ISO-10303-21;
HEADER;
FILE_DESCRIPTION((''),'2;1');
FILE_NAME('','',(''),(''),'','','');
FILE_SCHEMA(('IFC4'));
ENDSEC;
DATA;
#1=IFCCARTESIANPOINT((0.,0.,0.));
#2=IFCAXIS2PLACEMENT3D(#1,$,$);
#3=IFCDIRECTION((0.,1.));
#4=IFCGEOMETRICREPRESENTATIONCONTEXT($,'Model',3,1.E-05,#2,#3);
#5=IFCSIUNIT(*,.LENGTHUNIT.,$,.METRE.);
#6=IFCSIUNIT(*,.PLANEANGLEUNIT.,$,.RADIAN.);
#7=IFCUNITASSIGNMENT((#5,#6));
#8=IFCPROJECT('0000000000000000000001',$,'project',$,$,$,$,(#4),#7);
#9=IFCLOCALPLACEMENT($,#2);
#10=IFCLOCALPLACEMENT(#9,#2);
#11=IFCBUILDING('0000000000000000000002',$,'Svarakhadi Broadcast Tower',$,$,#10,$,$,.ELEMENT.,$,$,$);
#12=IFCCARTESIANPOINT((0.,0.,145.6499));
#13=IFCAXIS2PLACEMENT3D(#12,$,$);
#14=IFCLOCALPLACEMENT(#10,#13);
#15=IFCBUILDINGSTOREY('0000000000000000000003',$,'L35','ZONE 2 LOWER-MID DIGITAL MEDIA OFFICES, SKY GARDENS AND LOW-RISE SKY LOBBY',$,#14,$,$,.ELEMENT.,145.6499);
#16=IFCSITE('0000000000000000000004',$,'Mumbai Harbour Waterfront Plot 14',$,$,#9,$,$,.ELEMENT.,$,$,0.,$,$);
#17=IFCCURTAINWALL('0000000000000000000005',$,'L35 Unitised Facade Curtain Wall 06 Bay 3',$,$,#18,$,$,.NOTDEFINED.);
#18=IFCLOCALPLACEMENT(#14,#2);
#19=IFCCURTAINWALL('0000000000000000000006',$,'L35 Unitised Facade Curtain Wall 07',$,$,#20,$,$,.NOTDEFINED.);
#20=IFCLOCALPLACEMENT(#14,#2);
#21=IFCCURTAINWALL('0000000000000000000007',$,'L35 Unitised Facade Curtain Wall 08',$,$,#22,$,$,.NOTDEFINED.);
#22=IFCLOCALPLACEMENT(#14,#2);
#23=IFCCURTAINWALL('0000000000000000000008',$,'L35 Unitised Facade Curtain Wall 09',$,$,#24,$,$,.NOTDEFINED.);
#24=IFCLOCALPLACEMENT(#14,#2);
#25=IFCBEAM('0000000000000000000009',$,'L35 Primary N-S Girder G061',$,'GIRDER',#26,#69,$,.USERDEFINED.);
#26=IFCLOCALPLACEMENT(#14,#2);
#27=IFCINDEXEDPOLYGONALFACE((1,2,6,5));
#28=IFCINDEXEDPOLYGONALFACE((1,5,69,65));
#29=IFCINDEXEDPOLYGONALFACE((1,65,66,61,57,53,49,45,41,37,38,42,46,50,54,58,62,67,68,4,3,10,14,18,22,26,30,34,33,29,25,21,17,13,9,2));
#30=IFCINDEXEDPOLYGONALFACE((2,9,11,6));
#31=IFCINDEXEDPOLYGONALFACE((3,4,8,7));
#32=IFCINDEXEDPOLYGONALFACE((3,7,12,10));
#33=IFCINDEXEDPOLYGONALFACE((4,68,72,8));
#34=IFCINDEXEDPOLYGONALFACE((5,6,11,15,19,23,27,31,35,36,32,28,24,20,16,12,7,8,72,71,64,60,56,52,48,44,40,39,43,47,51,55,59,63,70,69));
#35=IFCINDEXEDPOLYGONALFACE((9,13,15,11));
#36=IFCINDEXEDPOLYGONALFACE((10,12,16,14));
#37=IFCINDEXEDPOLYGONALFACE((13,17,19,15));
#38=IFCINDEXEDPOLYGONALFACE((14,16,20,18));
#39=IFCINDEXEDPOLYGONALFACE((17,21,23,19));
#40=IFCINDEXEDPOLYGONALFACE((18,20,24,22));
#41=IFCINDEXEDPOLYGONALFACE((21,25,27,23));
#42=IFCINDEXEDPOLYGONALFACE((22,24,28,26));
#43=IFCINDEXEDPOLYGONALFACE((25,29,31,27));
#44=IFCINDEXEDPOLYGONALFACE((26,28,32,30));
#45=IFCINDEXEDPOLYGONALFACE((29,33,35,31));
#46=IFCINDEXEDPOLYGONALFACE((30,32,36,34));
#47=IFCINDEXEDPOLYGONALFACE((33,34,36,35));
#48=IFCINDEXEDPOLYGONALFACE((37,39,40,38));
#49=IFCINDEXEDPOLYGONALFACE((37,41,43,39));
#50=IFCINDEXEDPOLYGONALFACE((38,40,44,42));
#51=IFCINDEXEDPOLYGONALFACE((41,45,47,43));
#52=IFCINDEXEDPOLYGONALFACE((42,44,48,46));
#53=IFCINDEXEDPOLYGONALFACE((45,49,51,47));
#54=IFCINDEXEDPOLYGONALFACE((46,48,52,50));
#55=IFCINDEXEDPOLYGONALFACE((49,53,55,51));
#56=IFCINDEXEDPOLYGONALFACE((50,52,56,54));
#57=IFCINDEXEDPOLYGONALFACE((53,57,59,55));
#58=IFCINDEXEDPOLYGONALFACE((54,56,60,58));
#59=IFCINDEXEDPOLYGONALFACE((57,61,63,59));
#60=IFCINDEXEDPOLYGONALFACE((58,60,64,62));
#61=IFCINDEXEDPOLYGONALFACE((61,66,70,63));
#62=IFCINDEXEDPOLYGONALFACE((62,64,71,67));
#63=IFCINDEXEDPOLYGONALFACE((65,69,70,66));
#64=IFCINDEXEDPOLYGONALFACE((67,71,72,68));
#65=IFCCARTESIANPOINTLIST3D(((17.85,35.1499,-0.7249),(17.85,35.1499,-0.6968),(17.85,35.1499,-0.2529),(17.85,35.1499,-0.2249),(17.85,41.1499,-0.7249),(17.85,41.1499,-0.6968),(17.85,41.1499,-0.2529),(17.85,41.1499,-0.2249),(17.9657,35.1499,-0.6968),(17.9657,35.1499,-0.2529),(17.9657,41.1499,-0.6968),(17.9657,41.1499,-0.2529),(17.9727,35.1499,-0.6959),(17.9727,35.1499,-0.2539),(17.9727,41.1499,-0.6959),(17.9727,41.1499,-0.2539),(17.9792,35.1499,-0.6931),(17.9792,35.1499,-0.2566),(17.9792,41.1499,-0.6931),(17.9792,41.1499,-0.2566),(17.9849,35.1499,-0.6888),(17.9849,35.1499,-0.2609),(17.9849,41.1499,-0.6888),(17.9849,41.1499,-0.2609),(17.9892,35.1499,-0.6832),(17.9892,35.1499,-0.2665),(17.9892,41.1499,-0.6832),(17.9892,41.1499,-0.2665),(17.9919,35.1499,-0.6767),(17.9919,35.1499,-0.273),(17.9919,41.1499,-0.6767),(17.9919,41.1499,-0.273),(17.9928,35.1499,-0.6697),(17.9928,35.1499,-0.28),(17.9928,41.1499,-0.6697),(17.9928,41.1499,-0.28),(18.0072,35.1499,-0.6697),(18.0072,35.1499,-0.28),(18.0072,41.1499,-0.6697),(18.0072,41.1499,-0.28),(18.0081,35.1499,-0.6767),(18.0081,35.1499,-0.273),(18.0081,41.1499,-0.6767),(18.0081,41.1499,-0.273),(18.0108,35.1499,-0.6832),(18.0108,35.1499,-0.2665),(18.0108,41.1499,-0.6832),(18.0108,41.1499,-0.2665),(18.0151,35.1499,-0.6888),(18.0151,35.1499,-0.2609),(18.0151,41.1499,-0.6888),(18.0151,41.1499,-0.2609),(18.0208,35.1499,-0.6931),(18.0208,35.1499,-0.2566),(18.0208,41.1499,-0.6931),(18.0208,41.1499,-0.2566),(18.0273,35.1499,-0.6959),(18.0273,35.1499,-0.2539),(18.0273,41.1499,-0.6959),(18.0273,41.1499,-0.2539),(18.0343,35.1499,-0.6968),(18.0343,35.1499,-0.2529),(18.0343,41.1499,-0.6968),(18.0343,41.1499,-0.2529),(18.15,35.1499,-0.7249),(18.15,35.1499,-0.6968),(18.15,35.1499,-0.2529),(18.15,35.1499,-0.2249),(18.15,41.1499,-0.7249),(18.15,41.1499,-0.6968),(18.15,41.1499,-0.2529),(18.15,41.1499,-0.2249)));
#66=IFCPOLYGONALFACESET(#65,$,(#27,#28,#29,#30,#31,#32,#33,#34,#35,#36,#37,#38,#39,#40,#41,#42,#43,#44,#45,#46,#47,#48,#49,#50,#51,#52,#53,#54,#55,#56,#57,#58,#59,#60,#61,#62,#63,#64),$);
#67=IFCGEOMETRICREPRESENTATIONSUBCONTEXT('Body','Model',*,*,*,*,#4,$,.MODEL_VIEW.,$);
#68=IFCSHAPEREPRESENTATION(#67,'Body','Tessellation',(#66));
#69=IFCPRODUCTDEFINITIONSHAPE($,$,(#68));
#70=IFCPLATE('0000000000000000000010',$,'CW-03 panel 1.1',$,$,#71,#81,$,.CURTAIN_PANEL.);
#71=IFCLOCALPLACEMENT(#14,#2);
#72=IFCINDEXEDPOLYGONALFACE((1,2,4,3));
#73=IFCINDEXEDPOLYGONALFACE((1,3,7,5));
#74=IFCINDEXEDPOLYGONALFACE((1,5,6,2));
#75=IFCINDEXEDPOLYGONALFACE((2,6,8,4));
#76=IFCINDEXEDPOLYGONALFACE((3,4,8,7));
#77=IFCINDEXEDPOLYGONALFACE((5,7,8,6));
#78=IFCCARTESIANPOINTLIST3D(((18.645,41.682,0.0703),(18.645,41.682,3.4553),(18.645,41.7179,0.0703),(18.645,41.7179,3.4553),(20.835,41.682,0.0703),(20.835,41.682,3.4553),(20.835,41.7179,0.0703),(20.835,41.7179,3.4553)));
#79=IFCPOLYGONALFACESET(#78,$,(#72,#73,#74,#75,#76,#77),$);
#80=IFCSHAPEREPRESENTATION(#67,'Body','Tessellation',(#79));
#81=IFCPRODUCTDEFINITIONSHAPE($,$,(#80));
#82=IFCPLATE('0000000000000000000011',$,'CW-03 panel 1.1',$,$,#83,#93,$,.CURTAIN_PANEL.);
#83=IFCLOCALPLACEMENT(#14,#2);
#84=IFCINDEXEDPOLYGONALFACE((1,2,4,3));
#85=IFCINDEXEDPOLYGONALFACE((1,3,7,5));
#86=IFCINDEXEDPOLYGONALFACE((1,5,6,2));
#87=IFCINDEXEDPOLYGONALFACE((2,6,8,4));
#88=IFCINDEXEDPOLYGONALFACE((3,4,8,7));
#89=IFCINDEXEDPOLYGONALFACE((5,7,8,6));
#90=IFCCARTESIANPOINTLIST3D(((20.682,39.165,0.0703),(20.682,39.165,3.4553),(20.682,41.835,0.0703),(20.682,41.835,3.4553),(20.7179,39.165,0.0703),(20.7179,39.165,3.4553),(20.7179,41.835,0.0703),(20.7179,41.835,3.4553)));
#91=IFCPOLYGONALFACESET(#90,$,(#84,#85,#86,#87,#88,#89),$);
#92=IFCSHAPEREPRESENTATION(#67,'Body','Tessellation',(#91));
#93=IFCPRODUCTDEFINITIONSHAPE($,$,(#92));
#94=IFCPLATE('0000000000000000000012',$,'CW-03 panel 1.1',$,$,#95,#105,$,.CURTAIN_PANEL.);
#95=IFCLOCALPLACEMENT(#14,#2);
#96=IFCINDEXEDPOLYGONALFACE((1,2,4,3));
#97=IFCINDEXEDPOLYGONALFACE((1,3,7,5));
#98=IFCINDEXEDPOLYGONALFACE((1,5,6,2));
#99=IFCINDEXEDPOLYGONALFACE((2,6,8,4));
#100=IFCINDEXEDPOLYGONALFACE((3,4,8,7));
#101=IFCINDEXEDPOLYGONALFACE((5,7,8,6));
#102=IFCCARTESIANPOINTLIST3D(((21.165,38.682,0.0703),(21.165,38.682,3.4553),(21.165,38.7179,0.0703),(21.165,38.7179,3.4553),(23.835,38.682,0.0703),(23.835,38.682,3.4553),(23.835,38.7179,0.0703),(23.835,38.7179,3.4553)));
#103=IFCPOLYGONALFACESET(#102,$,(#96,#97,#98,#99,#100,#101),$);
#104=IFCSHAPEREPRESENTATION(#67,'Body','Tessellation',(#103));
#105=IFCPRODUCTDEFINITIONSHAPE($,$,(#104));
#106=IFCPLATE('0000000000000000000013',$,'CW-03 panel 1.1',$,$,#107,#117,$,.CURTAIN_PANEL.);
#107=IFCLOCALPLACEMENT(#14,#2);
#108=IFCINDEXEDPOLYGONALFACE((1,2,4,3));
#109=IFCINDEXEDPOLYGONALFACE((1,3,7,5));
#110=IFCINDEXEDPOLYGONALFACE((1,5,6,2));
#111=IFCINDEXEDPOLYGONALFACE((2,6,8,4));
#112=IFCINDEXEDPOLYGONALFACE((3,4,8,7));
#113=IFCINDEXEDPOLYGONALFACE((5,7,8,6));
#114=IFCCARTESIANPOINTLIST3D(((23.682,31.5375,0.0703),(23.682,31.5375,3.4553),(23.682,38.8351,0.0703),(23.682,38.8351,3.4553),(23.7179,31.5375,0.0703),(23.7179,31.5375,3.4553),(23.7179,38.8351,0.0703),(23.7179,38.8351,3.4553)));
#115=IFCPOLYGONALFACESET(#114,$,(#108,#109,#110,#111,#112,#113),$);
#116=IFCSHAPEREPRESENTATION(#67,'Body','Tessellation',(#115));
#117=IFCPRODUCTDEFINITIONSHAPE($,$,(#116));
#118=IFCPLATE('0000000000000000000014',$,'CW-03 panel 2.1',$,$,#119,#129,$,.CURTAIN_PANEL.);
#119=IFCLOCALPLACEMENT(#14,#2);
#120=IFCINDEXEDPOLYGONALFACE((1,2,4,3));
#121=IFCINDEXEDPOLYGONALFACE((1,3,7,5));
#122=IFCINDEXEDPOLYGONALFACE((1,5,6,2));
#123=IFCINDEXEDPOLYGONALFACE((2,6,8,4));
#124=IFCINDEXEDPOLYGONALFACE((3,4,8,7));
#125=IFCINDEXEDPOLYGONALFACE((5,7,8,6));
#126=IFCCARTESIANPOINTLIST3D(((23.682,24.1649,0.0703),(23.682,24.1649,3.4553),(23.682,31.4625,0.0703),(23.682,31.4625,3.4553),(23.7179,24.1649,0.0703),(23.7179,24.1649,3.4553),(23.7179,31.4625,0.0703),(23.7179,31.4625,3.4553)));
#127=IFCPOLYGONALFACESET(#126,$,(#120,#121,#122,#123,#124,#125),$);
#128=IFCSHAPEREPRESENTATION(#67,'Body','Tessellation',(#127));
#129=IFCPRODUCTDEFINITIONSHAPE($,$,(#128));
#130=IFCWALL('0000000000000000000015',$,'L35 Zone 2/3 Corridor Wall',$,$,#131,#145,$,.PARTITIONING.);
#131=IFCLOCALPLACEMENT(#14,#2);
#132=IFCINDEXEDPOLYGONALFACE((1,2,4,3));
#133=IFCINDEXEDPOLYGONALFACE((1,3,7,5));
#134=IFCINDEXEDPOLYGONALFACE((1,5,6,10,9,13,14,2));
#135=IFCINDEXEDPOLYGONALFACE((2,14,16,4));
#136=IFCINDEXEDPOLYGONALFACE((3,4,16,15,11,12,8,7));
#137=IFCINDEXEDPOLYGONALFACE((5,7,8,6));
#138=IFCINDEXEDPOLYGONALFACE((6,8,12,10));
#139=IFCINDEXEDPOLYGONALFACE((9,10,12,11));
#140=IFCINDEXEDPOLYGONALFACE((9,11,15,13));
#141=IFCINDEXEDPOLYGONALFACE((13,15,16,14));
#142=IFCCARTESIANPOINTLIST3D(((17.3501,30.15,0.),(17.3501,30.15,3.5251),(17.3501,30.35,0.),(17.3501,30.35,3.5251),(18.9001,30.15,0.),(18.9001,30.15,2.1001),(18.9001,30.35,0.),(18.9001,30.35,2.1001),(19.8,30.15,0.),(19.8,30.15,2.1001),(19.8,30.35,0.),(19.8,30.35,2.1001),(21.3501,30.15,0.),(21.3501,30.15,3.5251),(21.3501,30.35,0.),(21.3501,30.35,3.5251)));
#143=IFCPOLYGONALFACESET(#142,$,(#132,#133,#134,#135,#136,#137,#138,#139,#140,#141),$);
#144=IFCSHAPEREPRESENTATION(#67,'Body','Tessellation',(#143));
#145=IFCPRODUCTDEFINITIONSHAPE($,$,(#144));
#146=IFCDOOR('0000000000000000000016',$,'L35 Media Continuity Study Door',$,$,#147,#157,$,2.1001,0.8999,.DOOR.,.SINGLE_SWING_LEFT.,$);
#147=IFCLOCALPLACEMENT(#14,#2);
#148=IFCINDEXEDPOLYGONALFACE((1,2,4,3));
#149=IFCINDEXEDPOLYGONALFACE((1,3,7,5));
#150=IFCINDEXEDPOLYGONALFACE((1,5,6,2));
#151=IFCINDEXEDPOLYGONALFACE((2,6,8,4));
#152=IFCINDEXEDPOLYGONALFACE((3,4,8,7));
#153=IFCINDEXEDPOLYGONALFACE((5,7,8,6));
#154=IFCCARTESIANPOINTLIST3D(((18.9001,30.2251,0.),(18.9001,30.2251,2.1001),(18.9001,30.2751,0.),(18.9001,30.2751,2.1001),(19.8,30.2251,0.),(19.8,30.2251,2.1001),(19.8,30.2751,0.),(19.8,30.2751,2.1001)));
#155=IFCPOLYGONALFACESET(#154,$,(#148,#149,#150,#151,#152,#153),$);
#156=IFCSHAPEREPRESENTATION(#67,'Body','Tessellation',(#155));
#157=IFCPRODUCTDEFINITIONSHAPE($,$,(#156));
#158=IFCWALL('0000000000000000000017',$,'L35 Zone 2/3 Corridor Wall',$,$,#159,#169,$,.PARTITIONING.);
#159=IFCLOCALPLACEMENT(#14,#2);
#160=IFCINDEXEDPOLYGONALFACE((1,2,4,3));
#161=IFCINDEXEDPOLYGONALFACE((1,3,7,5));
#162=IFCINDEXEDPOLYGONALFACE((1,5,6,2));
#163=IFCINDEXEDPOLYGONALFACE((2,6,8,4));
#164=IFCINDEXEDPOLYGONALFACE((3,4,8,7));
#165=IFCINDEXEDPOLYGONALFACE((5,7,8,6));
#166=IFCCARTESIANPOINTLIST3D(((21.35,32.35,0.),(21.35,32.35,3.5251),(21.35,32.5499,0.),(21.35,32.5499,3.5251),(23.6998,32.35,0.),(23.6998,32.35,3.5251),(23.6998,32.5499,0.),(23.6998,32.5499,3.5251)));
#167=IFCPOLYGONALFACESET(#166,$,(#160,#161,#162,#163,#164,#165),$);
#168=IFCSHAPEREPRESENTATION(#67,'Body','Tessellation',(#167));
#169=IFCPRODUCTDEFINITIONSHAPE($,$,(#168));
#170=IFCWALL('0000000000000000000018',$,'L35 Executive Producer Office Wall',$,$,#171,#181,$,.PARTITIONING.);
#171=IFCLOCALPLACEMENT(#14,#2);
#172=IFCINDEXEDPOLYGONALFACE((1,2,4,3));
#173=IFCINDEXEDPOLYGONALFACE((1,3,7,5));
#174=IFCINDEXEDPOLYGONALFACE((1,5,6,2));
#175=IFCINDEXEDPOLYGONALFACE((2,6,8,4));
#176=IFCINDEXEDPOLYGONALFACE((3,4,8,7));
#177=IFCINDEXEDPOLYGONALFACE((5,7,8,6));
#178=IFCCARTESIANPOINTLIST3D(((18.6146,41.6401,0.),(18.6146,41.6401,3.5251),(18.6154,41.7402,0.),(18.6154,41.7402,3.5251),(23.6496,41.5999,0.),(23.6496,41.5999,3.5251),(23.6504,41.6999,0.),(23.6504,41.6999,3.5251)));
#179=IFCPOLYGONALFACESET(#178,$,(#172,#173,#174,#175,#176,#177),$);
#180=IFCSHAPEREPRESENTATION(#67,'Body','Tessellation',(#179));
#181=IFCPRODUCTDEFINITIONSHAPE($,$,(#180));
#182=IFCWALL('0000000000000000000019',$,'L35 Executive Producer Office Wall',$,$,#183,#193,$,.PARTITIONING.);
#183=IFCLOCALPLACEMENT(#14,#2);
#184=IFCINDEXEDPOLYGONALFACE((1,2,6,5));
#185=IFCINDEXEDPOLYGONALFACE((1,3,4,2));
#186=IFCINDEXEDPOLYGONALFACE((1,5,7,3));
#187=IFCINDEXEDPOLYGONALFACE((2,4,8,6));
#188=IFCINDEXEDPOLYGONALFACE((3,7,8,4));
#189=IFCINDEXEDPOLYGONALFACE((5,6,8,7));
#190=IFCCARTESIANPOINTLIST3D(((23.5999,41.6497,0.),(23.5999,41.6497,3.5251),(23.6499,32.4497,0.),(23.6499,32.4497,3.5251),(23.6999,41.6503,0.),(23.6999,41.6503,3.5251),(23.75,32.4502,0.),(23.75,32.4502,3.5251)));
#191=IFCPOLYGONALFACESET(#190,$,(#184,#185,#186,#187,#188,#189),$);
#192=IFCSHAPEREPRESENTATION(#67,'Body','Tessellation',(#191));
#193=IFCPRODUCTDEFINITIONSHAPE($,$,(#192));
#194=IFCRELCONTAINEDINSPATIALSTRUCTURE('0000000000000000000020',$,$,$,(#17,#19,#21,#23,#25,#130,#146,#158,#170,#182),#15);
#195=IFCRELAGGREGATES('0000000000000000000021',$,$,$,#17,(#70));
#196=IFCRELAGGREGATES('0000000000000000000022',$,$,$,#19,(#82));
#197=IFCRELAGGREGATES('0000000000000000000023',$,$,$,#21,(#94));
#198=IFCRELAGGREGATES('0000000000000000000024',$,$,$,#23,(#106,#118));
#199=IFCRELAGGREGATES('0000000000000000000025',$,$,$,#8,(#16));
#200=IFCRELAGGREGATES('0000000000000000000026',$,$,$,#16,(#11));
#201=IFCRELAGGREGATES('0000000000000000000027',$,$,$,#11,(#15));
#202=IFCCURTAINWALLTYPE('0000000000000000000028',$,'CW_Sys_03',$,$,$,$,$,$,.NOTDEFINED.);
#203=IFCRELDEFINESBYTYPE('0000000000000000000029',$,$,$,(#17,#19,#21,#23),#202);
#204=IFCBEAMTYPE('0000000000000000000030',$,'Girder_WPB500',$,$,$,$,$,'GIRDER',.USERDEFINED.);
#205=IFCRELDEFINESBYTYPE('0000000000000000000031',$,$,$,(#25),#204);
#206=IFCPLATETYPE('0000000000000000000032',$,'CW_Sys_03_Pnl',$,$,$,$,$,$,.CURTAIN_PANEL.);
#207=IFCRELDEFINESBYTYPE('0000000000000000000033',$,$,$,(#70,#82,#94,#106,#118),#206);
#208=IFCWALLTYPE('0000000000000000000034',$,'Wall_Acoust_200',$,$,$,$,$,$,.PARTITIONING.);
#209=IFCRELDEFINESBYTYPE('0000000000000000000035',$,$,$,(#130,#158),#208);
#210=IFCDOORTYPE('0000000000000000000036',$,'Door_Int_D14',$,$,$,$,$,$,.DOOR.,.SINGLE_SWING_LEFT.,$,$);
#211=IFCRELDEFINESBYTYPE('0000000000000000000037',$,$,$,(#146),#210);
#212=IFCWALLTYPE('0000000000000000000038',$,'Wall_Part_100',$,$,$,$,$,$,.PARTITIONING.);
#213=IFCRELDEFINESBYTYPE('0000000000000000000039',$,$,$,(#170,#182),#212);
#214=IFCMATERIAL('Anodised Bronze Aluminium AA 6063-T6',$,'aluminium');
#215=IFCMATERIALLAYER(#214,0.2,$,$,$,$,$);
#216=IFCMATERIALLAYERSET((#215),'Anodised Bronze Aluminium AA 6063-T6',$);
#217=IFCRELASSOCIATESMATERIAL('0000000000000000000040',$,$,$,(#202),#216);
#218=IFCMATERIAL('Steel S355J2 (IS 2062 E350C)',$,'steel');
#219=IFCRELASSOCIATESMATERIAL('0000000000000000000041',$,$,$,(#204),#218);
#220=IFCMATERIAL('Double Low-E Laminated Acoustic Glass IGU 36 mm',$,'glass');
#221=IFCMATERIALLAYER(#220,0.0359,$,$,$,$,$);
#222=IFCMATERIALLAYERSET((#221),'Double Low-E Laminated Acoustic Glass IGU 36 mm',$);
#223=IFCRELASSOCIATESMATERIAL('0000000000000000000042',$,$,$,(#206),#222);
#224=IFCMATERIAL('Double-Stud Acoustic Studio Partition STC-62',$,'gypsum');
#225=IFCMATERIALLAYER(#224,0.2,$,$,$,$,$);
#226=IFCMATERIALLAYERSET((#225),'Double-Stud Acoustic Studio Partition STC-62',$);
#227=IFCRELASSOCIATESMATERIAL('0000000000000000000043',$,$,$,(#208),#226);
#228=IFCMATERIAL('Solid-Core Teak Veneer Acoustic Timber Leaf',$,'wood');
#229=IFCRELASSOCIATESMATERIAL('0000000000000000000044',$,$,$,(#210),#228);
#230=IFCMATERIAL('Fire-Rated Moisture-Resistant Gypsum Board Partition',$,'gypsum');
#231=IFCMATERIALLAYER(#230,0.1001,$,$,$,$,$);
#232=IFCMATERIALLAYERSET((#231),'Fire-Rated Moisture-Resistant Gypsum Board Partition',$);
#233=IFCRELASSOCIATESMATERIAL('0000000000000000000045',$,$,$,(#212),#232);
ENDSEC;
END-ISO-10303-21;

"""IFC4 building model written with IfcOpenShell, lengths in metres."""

from ifc_helpers import new_model, si_unit, direction, frame, frame_2d, origin, origin_2d, place, context, subcontext, project, spatial, rectangle, i_section, extrude, material, layer, layer_set, material_profile, profile_set, type_object, element, fill, aggregate, save


model = new_model("IFC4")

# Units and contexts
model_context = context("Model", 3, precision=1e-05, world=origin(), true_north=direction((0.0, 1.0)))
body_context = subcontext(model_context, "Body", "Model", "MODEL_VIEW")
ifc_project = project(units=[si_unit("LENGTHUNIT", "METRE"), si_unit("PLANEANGLEUNIT", "RADIAN")], contexts=[model_context])

# Site, building, storey
site_placement = place(None, origin())
site = spatial("IfcSite", under=ifc_project, at=site_placement, Name="Mumbai Harbour Waterfront Plot 14", CompositionType="ELEMENT", RefElevation=0.0)
building_placement = place(site_placement, origin())
building = spatial("IfcBuilding", under=site, at=building_placement, Name="Svarakhadi Broadcast Tower", CompositionType="ELEMENT")
storey_placement = place(building_placement, frame((0.0, 0.0, 145.6499)))
storey = spatial("IfcBuildingStorey", under=building, at=storey_placement, Name="L35", Description="ZONE 2 LOWER-MID DIGITAL MEDIA OFFICES, SKY GARDENS AND LOW-RISE SKY LOBBY", CompositionType="ELEMENT", Elevation=145.6499)

# Curtain walls
ifc_material_1 = material(Name="Anodised Bronze Aluminium AA 6063-T6", Category="aluminium")
ifc_layer_1 = layer(ifc_material_1, 0.2)
ifc_layer_set_1 = layer_set([ifc_layer_1], Name="Anodised Bronze Aluminium AA 6063-T6")
curtain_wall_type = type_object("IfcCurtainWallType", Name="CW_Sys_03", PredefinedType="NOTDEFINED", material=ifc_layer_set_1)
curtain_wall_1_placement = place(storey_placement, origin())
curtain_wall_1 = element("IfcCurtainWall", 1, at=curtain_wall_1_placement, inside=storey, type_object=curtain_wall_type, Name="L35 Unitised Facade Curtain Wall 06 Bay 3", PredefinedType="NOTDEFINED")
curtain_wall_2_placement = place(storey_placement, origin())
curtain_wall_2 = element("IfcCurtainWall", 2, at=curtain_wall_2_placement, inside=storey, type_object=curtain_wall_type, Name="L35 Unitised Facade Curtain Wall 07", PredefinedType="NOTDEFINED")
curtain_wall_3_placement = place(storey_placement, origin())
curtain_wall_3 = element("IfcCurtainWall", 3, at=curtain_wall_3_placement, inside=storey, type_object=curtain_wall_type, Name="L35 Unitised Facade Curtain Wall 08", PredefinedType="NOTDEFINED")
curtain_wall_4_placement = place(storey_placement, origin())
curtain_wall_4 = element("IfcCurtainWall", 4, at=curtain_wall_4_placement, inside=storey, type_object=curtain_wall_type, Name="L35 Unitised Facade Curtain Wall 09", PredefinedType="NOTDEFINED")

# Beam
ifc_material_2 = material(Name="Steel S355J2 (IS 2062 E350C)", Category="steel")
ifc_material_profile_1 = material_profile(ifc_material_2, i_section(OverallWidth=0.3, OverallDepth=0.5, WebThickness=0.0144, FlangeThickness=0.0281, FilletRadius=0.0271, at=origin_2d()), Name="WPB 500x300x187")
ifc_profile_set_1 = profile_set([ifc_material_profile_1], Name="Steel S355J2 (IS 2062 E350C)")
beam_type = type_object("IfcBeamType", Name="Girder_WPB500", ElementType="GIRDER", PredefinedType="USERDEFINED", material=ifc_profile_set_1)
for number, where, z_axis, x_axis, name in (
    (5, (18.0, 35.1499, -0.4749), (0.0, 1.0, 0.0), (-1.0, 0.0, 0.0), "L35 Primary N-S Girder G061"),
):
    element("IfcBeam", number, at=place(storey_placement, frame(where, z_axis=z_axis, x_axis=x_axis)), inside=storey, type_object=beam_type, Name=name, ObjectType="GIRDER", PredefinedType="USERDEFINED", context=body_context, shape_type="SweptSolid", body=[
        extrude(i_section(OverallWidth=0.3, OverallDepth=0.5, WebThickness=0.0144, FlangeThickness=0.0281, FilletRadius=0.0271, at=origin_2d()), origin(), (0.0, 0.0, 1.0), 6.0),
    ])

# Plates
ifc_material_3 = material(Name="Double Low-E Laminated Acoustic Glass IGU 36 mm", Category="glass")
ifc_layer_2 = layer(ifc_material_3, 0.0359)
ifc_layer_set_2 = layer_set([ifc_layer_2], Name="Double Low-E Laminated Acoustic Glass IGU 36 mm")
plate_type = type_object("IfcPlateType", Name="CW_Sys_03_Pnl", PredefinedType="CURTAIN_PANEL", material=ifc_layer_set_2)
plate_1_placement = place(storey_placement, frame((19.74, 41.7, 0.0703), z_axis=(0.0, 0.0, 1.0), x_axis=(1.0, 0.0, 0.0)))
plate_1 = element("IfcPlate", 6, at=plate_1_placement, type_object=plate_type, Name="CW-03 panel 1.1", PredefinedType="CURTAIN_PANEL", context=body_context, shape_type="SweptSolid", body=[
    extrude(rectangle(XDim=2.1899, YDim=0.0359, at=origin_2d()), origin(), (0.0, 0.0, 1.0), 3.385),
])
aggregate(curtain_wall_1, [plate_1])
plate_2_placement = place(storey_placement, frame((20.7, 40.5, 0.0703), z_axis=(0.0, 0.0, 1.0), x_axis=(0.0, -1.0, 0.0)))
plate_2 = element("IfcPlate", 7, at=plate_2_placement, type_object=plate_type, Name="CW-03 panel 1.1", PredefinedType="CURTAIN_PANEL", context=body_context, shape_type="SweptSolid", body=[
    extrude(rectangle(XDim=2.6699, YDim=0.0359, at=origin_2d()), origin(), (0.0, 0.0, 1.0), 3.385),
])
aggregate(curtain_wall_2, [plate_2])
plate_3_placement = place(storey_placement, frame((22.5, 38.7, 0.0703), z_axis=(0.0, 0.0, 1.0), x_axis=(1.0, 0.0, 0.0)))
plate_3 = element("IfcPlate", 8, at=plate_3_placement, type_object=plate_type, Name="CW-03 panel 1.1", PredefinedType="CURTAIN_PANEL", context=body_context, shape_type="SweptSolid", body=[
    extrude(rectangle(XDim=2.6699, YDim=0.0359, at=origin_2d()), origin(), (0.0, 0.0, 1.0), 3.385),
])
aggregate(curtain_wall_3, [plate_3])
plate_4_placement = place(storey_placement, frame((23.7, 35.1863, 0.0703), z_axis=(0.0, 0.0, 1.0), x_axis=(0.0, -1.0, 0.0)))
plate_4 = element("IfcPlate", 9, at=plate_4_placement, type_object=plate_type, Name="CW-03 panel 1.1", PredefinedType="CURTAIN_PANEL", context=body_context, shape_type="SweptSolid", body=[
    extrude(rectangle(XDim=7.2976, YDim=0.0359, at=origin_2d()), origin(), (0.0, 0.0, 1.0), 3.385),
])
plate_5_placement = place(storey_placement, frame((23.7, 27.8137, 0.0703), z_axis=(0.0, 0.0, 1.0), x_axis=(0.0, -1.0, 0.0)))
plate_5 = element("IfcPlate", 10, at=plate_5_placement, type_object=plate_type, Name="CW-03 panel 2.1", PredefinedType="CURTAIN_PANEL", context=body_context, shape_type="SweptSolid", body=[
    extrude(rectangle(XDim=7.2976, YDim=0.0359, at=origin_2d()), origin(), (0.0, 0.0, 1.0), 3.385),
])
aggregate(curtain_wall_4, [plate_4, plate_5])

# Wall, opening, door
ifc_material_4 = material(Name="Double-Stud Acoustic Studio Partition STC-62", Category="gypsum")
ifc_layer_3 = layer(ifc_material_4, 0.2)
ifc_layer_set_3 = layer_set([ifc_layer_3], Name="Double-Stud Acoustic Studio Partition STC-62")
wall_type_1 = type_object("IfcWallType", Name="Wall_Acoust_200", PredefinedType="PARTITIONING", material=ifc_layer_set_3)
wall_1_placement = place(storey_placement, frame((21.3501, 30.25, 0.0), z_axis=(0.0, 0.0, 1.0), x_axis=(-1.0, 0.0, 0.0)))
wall_1 = element("IfcWall", 11, at=wall_1_placement, inside=storey, type_object=wall_type_1, Name="L35 Zone 2/3 Corridor Wall", PredefinedType="PARTITIONING", context=body_context, shape_type="SweptSolid", body=[
    extrude(rectangle(XDim=4.0, YDim=0.2, at=frame_2d((2.0, 0.0))), origin(), (0.0, 0.0, 1.0), 3.5251),
])
opening_placement = place(wall_1_placement, frame((1.55, 0.0, 0.0)))
opening = element("IfcOpeningElement", 12, at=opening_placement, cuts=wall_1, PredefinedType="OPENING", context=body_context, shape_type="SweptSolid", body=[
    extrude(rectangle(XDim=0.8999, YDim=2.1001, at=frame_2d((0.45, 1.05))), frame((0.0, 0.1099, 0.0), z_axis=(0.0, -1.0, 0.0), x_axis=(1.0, 0.0, 0.0)), (0.0, 0.0, 1.0), 0.22),
])
ifc_material_5 = material(Name="Solid-Core Teak Veneer Acoustic Timber Leaf", Category="wood")
door_type = type_object("IfcDoorType", Name="Door_Int_D14", OperationType="SINGLE_SWING_LEFT", PredefinedType="DOOR", material=ifc_material_5)
door_placement = place(opening_placement, origin())
door = element("IfcDoor", 13, at=door_placement, inside=storey, type_object=door_type, Name="L35 Media Continuity Study Door", OperationType="SINGLE_SWING_LEFT", OverallHeight=2.1001, OverallWidth=0.8999, PredefinedType="DOOR", context=body_context, shape_type="SweptSolid", body=[
    extrude(rectangle(XDim=0.8999, YDim=2.1001, at=frame_2d((0.45, 1.05))), frame((0.0, 0.0249, 0.0), z_axis=(0.0, -1.0, 0.0), x_axis=(1.0, 0.0, 0.0)), (0.0, 0.0, 1.0), 0.05),
])
fill(opening, door)

# Walls
wall_2_placement = place(storey_placement, frame((21.3501, 32.45, 0.0), z_axis=(0.0, 0.0, 1.0), x_axis=(1.0, 0.0, 0.0)))
element("IfcWall", 14, at=wall_2_placement, inside=storey, type_object=wall_type_1, Name="L35 Zone 2/3 Corridor Wall", PredefinedType="PARTITIONING", context=body_context, shape_type="SweptSolid", body=[
    extrude(rectangle(XDim=2.3499, YDim=0.2, at=frame_2d((1.1748, 0.0))), origin(), (0.0, 0.0, 1.0), 3.5251),
])
ifc_material_6 = material(Name="Fire-Rated Moisture-Resistant Gypsum Board Partition", Category="gypsum")
ifc_layer_4 = layer(ifc_material_6, 0.1001)
ifc_layer_set_4 = layer_set([ifc_layer_4], Name="Fire-Rated Moisture-Resistant Gypsum Board Partition")
wall_type_2 = type_object("IfcWallType", Name="Wall_Part_100", PredefinedType="PARTITIONING", material=ifc_layer_set_4)
wall_3_placement = place(storey_placement, frame((18.615, 41.6902, 0.0), z_axis=(0.0, 0.0, 1.0), x_axis=(0.999968, -0.008001, 0.0)))
element("IfcWall", 15, at=wall_3_placement, inside=storey, type_object=wall_type_2, Name="L35 Executive Producer Office Wall", PredefinedType="PARTITIONING", context=body_context, shape_type="SweptSolid", body=[
    extrude(rectangle(XDim=5.0352, YDim=0.1001, at=frame_2d((2.5176, 0.0))), origin(), (0.0, 0.0, 1.0), 3.5251),
])
wall_4_placement = place(storey_placement, frame((23.7, 32.45, 0.0), z_axis=(0.0, 0.0, 1.0), x_axis=(-0.00544, 0.999985, 0.0)))
element("IfcWall", 16, at=wall_4_placement, inside=storey, type_object=wall_type_2, Name="L35 Executive Producer Office Wall", PredefinedType="PARTITIONING", context=body_context, shape_type="SweptSolid", body=[
    extrude(rectangle(XDim=9.2002, YDim=0.1001, at=frame_2d((4.6001, 0.0))), origin(), (0.0, 0.0, 1.0), 3.5251),
])

save(model, "model.ifc")
